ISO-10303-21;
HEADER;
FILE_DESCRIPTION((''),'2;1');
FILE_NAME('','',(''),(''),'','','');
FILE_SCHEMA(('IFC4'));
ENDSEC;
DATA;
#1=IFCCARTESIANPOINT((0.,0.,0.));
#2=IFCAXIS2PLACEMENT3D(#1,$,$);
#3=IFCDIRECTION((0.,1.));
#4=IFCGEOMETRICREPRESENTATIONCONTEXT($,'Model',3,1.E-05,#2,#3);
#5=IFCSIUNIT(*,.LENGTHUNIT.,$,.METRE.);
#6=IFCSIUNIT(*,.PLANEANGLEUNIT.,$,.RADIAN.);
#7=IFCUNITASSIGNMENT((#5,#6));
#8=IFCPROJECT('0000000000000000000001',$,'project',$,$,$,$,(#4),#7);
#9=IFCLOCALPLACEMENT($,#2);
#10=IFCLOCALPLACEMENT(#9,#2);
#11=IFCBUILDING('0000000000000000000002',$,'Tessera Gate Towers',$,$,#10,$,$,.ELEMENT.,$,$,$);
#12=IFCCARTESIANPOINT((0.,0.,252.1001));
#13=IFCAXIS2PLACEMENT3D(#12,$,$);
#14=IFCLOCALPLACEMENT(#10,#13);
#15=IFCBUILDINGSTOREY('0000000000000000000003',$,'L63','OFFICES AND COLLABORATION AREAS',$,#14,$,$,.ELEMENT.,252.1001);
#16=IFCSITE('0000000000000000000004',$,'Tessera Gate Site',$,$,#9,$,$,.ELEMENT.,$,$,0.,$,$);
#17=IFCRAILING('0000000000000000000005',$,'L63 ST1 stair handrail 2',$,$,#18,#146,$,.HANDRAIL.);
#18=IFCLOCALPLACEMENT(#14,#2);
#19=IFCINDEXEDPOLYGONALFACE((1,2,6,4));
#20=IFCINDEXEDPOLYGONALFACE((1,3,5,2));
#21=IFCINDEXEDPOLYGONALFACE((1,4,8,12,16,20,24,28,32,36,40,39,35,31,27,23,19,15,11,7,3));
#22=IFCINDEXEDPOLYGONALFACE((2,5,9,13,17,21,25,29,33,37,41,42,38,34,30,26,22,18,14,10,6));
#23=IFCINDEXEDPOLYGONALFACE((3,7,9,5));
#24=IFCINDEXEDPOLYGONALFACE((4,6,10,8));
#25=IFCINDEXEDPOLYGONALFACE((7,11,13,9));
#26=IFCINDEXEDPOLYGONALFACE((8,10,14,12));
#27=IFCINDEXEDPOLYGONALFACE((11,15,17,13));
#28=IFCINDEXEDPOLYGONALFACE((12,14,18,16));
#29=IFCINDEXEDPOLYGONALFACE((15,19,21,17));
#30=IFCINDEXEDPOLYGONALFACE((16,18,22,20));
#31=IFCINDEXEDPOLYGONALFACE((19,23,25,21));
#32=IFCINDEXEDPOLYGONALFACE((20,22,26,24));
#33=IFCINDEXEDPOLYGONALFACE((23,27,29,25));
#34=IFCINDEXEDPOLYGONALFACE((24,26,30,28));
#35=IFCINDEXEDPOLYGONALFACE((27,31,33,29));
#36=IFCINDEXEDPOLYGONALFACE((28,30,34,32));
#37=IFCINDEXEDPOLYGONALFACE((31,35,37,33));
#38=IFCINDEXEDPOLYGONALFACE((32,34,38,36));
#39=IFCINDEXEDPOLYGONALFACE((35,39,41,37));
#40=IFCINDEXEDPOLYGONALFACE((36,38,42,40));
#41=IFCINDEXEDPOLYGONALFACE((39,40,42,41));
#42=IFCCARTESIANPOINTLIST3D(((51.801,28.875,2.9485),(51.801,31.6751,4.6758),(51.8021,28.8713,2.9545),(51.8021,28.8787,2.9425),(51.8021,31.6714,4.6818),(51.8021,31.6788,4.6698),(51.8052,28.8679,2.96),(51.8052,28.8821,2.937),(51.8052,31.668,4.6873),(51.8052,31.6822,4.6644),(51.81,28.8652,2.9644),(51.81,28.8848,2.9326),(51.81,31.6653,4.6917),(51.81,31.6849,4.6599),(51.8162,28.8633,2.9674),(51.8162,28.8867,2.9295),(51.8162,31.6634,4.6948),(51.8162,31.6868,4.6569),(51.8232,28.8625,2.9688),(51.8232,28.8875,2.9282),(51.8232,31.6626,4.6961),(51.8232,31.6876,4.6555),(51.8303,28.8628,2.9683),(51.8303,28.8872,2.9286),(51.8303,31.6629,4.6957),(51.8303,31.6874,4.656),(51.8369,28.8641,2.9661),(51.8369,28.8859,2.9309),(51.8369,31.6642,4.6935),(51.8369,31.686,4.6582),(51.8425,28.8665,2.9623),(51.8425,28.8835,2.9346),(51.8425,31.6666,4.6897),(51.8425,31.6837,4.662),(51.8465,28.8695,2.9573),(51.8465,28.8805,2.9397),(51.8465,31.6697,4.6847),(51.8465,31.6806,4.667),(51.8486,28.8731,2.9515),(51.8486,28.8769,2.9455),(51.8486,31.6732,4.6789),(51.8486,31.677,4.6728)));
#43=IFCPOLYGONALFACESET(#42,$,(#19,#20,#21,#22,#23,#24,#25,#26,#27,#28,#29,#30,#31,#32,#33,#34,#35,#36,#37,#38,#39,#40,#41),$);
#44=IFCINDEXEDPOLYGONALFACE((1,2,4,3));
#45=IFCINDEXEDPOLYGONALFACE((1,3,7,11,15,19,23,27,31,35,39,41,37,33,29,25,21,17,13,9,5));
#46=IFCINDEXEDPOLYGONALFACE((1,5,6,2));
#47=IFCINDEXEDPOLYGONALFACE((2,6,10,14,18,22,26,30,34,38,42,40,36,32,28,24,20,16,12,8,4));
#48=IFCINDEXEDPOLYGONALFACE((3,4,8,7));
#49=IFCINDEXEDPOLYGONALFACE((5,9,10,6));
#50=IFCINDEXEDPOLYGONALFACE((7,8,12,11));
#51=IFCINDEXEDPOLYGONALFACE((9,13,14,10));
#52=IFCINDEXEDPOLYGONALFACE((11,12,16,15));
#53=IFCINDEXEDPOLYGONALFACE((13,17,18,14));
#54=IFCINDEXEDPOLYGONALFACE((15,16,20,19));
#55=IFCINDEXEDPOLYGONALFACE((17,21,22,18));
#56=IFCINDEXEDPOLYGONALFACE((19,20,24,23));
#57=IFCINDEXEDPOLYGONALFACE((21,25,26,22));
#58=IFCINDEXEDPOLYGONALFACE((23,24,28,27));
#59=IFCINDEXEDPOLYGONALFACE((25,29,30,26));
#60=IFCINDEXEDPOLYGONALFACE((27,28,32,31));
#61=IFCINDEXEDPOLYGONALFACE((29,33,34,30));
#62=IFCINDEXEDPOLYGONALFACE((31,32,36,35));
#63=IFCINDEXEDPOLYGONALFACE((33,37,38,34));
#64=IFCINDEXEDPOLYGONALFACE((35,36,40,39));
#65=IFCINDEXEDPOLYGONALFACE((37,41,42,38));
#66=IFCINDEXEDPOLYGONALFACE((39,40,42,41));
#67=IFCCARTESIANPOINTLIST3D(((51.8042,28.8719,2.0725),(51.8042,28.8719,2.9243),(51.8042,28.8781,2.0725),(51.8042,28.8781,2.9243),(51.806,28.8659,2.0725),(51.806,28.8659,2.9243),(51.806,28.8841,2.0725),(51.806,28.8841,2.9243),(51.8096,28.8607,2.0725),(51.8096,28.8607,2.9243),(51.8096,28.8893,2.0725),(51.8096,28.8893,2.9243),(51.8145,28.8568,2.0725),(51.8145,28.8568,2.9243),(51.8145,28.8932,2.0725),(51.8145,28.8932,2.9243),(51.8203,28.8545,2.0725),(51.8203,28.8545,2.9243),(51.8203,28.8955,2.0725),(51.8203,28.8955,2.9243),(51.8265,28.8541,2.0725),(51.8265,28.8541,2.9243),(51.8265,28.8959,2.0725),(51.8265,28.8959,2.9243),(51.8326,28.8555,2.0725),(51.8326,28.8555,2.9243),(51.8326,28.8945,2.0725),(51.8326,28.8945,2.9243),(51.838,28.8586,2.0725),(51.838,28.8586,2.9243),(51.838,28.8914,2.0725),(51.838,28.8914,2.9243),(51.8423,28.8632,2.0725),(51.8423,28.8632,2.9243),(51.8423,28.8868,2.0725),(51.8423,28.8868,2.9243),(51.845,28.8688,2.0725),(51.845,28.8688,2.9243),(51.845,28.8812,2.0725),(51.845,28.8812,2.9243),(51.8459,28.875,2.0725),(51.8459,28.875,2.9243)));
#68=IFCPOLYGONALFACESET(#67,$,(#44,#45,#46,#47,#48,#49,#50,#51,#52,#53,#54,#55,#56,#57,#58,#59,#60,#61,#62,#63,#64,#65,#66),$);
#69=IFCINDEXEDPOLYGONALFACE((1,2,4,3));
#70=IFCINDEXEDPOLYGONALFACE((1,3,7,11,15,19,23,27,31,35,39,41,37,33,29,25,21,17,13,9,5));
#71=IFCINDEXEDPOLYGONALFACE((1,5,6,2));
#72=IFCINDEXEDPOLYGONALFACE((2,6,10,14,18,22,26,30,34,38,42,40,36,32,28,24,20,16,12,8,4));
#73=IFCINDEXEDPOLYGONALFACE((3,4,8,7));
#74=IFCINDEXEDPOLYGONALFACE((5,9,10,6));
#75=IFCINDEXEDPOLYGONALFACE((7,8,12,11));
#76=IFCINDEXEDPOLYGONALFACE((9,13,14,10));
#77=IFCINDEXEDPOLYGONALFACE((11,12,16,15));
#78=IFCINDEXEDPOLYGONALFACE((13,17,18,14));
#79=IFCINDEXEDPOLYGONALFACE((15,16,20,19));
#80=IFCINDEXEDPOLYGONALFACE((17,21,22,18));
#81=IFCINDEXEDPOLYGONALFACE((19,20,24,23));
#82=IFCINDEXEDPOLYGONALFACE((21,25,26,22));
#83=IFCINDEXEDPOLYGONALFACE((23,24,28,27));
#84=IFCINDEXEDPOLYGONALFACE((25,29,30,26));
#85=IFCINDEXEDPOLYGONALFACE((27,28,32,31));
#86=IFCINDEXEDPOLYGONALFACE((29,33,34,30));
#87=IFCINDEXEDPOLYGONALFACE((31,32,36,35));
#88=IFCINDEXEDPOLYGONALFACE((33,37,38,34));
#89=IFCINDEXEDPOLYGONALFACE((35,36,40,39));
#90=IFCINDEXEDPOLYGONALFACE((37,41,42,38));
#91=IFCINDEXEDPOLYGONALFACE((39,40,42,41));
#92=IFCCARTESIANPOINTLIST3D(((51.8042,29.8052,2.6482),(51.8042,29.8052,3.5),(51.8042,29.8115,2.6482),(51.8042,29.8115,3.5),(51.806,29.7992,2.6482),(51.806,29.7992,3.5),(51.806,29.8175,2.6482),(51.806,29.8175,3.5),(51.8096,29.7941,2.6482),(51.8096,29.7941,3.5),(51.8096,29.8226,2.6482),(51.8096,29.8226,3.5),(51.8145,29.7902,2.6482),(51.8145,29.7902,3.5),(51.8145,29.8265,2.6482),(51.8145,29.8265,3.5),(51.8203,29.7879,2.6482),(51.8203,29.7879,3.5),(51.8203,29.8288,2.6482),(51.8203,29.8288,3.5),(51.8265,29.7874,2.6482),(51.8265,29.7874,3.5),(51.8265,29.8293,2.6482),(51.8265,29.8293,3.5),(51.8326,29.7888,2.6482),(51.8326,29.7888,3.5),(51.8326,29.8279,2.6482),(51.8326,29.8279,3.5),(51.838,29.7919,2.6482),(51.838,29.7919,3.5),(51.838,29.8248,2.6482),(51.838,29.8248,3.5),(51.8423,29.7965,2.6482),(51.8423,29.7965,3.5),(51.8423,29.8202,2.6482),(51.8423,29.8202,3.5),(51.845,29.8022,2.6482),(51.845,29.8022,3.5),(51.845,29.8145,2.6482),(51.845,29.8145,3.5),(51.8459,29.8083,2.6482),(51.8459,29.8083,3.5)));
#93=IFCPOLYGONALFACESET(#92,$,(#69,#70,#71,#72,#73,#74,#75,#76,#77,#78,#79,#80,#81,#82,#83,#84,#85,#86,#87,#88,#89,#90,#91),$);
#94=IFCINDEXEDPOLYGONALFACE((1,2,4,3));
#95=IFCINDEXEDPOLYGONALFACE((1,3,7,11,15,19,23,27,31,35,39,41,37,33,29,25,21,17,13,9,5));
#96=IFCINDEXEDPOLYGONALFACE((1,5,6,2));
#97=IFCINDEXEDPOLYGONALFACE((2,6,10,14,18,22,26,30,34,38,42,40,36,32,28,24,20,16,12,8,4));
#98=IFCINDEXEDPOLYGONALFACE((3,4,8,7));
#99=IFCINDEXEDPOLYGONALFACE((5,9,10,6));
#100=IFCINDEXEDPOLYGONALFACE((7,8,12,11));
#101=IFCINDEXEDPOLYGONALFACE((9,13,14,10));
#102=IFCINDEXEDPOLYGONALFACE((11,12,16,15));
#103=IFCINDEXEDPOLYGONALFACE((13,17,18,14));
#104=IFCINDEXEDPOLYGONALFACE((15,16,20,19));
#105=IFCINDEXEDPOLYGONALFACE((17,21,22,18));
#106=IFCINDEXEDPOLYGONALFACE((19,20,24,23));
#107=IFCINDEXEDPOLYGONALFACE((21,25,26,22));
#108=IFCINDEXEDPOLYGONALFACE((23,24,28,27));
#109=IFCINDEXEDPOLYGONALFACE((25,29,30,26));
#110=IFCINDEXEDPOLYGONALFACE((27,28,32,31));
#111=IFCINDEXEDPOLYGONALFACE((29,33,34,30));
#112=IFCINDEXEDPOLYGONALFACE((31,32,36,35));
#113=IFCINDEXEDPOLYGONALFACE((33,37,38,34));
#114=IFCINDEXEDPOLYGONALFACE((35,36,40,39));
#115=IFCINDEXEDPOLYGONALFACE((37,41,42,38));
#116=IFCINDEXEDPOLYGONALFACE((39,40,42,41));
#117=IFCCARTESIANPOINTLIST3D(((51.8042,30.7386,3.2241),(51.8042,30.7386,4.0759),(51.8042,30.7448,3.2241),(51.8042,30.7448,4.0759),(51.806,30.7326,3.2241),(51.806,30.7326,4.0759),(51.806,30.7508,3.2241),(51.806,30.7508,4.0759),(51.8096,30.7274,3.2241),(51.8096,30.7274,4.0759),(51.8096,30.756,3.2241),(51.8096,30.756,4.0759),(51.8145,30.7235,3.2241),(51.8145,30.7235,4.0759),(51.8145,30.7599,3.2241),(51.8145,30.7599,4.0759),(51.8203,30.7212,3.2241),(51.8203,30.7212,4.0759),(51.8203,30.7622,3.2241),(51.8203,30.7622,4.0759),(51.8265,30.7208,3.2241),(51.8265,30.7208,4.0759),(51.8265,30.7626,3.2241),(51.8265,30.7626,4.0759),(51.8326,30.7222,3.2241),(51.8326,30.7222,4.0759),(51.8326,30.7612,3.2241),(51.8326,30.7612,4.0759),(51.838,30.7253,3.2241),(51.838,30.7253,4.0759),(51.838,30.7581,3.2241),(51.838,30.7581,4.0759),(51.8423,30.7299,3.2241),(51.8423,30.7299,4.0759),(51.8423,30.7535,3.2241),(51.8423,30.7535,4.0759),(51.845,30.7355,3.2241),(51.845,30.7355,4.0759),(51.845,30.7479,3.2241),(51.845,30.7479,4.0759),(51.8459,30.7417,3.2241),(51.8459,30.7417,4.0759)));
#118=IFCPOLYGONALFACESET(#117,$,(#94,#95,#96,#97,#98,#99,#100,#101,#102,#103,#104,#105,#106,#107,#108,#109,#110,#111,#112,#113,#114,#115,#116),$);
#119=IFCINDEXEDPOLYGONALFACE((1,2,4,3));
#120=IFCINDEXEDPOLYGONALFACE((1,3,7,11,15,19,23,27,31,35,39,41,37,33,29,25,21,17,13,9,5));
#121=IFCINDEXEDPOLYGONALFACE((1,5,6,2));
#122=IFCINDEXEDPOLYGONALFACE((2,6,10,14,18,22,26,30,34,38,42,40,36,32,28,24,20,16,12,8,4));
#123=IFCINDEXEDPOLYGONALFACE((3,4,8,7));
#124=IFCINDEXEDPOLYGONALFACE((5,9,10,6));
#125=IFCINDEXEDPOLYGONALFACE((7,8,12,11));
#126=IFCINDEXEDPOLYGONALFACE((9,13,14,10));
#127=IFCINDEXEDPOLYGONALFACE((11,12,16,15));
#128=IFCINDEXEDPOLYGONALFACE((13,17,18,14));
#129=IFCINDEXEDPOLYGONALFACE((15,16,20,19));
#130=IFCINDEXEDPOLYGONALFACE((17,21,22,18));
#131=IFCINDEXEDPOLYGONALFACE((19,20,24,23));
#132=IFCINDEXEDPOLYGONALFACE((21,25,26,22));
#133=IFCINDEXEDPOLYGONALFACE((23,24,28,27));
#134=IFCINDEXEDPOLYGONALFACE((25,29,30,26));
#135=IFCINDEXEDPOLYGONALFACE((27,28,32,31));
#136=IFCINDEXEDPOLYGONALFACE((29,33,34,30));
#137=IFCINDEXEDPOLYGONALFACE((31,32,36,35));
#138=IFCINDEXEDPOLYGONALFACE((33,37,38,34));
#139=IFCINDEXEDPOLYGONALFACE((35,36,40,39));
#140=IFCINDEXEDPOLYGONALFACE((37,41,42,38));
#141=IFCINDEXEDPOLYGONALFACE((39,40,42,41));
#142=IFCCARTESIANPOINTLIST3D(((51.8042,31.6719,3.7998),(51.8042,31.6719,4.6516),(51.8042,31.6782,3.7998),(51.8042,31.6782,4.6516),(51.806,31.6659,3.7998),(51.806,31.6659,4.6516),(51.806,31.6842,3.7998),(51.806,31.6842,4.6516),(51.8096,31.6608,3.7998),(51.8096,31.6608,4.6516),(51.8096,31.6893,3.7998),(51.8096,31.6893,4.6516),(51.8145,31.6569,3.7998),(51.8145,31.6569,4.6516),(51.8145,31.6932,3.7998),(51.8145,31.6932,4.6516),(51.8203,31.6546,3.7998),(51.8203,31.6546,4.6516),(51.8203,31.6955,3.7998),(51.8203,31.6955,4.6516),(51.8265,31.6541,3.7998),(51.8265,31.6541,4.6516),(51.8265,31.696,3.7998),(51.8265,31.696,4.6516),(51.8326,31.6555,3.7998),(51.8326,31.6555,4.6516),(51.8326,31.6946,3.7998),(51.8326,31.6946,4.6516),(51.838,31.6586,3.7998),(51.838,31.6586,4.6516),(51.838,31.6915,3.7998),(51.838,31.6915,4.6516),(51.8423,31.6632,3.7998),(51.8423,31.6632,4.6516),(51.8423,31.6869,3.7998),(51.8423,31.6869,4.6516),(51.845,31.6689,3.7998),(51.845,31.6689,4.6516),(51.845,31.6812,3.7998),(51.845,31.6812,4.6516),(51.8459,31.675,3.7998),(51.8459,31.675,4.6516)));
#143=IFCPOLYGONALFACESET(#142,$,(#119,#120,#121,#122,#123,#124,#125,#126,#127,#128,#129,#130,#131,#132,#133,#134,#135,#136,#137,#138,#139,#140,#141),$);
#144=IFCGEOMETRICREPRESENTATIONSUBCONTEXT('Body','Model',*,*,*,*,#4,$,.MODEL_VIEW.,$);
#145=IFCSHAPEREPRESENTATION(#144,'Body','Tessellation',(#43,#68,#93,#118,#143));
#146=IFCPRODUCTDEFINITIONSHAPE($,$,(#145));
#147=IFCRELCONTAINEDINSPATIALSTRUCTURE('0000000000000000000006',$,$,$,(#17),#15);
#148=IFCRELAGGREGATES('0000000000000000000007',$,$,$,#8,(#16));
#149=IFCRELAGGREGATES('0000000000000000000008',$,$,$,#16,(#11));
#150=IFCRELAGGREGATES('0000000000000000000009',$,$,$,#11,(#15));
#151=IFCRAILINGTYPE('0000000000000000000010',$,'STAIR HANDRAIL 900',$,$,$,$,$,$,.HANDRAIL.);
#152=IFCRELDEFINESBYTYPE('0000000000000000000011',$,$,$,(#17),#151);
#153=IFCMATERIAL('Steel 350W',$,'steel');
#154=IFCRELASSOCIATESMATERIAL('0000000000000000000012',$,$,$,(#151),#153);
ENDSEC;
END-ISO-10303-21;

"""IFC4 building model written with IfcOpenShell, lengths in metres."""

from ifc_helpers import new_model, si_unit, direction, frame, origin, origin_2d, place, context, subcontext, project, spatial, circle, extrude, material, type_object, element, save


model = new_model("IFC4")

# Units and contexts
model_context = context("Model", 3, precision=1e-05, world=origin(), true_north=direction((0.0, 1.0)))
body_context = subcontext(model_context, "Body", "Model", "MODEL_VIEW")
ifc_project = project(units=[si_unit("LENGTHUNIT", "METRE"), si_unit("PLANEANGLEUNIT", "RADIAN")], contexts=[model_context])

# Site, building, storey
site_placement = place(None, origin())
site = spatial("IfcSite", under=ifc_project, at=site_placement, Name="Tessera Gate Site", CompositionType="ELEMENT", RefElevation=0.0)
building_placement = place(site_placement, origin())
building = spatial("IfcBuilding", under=site, at=building_placement, Name="Tessera Gate Towers", CompositionType="ELEMENT")
storey_placement = place(building_placement, frame((0.0, 0.0, 252.1001)))
storey = spatial("IfcBuildingStorey", under=building, at=storey_placement, Name="L63", Description="OFFICES AND COLLABORATION AREAS", CompositionType="ELEMENT", Elevation=252.1001)

# Railing
ifc_material_1 = material(Name="Steel 350W", Category="steel")
railing_type_1 = type_object("IfcRailingType", Name="STAIR HANDRAIL 900", PredefinedType="HANDRAIL", material=ifc_material_1)
for number, where, name in (
    (1, (51.825, 28.875, 2.0725), "L63 ST1 stair handrail 2"),
):
    element("IfcRailing", number, at=place(storey_placement, frame(where)), inside=storey, type_object=railing_type_1, Name=name, PredefinedType="HANDRAIL", context=body_context, shape_type="SweptSolid", body=[
        extrude(circle(Radius=0.0239, at=origin_2d()), frame((0.0, 0.0, 0.876), z_axis=(0.0, 0.85109, 0.52502), x_axis=(-1.0, 0.0, 0.0)), (0.0, 0.0, 1.0), 3.29),
        extrude(circle(Radius=0.021, at=origin_2d()), origin(), (0.0, 0.0, 1.0), 0.8518),
        extrude(circle(Radius=0.021, at=origin_2d()), frame((0.0, 0.9333, 0.5757)), (0.0, 0.0, 1.0), 0.8518),
        extrude(circle(Radius=0.021, at=origin_2d()), frame((0.0, 1.8667, 1.1516)), (0.0, 0.0, 1.0), 0.8518),
        extrude(circle(Radius=0.021, at=origin_2d()), frame((0.0, 2.8, 1.7273)), (0.0, 0.0, 1.0), 0.8518),
    ])

save(model, "model.ifc")
